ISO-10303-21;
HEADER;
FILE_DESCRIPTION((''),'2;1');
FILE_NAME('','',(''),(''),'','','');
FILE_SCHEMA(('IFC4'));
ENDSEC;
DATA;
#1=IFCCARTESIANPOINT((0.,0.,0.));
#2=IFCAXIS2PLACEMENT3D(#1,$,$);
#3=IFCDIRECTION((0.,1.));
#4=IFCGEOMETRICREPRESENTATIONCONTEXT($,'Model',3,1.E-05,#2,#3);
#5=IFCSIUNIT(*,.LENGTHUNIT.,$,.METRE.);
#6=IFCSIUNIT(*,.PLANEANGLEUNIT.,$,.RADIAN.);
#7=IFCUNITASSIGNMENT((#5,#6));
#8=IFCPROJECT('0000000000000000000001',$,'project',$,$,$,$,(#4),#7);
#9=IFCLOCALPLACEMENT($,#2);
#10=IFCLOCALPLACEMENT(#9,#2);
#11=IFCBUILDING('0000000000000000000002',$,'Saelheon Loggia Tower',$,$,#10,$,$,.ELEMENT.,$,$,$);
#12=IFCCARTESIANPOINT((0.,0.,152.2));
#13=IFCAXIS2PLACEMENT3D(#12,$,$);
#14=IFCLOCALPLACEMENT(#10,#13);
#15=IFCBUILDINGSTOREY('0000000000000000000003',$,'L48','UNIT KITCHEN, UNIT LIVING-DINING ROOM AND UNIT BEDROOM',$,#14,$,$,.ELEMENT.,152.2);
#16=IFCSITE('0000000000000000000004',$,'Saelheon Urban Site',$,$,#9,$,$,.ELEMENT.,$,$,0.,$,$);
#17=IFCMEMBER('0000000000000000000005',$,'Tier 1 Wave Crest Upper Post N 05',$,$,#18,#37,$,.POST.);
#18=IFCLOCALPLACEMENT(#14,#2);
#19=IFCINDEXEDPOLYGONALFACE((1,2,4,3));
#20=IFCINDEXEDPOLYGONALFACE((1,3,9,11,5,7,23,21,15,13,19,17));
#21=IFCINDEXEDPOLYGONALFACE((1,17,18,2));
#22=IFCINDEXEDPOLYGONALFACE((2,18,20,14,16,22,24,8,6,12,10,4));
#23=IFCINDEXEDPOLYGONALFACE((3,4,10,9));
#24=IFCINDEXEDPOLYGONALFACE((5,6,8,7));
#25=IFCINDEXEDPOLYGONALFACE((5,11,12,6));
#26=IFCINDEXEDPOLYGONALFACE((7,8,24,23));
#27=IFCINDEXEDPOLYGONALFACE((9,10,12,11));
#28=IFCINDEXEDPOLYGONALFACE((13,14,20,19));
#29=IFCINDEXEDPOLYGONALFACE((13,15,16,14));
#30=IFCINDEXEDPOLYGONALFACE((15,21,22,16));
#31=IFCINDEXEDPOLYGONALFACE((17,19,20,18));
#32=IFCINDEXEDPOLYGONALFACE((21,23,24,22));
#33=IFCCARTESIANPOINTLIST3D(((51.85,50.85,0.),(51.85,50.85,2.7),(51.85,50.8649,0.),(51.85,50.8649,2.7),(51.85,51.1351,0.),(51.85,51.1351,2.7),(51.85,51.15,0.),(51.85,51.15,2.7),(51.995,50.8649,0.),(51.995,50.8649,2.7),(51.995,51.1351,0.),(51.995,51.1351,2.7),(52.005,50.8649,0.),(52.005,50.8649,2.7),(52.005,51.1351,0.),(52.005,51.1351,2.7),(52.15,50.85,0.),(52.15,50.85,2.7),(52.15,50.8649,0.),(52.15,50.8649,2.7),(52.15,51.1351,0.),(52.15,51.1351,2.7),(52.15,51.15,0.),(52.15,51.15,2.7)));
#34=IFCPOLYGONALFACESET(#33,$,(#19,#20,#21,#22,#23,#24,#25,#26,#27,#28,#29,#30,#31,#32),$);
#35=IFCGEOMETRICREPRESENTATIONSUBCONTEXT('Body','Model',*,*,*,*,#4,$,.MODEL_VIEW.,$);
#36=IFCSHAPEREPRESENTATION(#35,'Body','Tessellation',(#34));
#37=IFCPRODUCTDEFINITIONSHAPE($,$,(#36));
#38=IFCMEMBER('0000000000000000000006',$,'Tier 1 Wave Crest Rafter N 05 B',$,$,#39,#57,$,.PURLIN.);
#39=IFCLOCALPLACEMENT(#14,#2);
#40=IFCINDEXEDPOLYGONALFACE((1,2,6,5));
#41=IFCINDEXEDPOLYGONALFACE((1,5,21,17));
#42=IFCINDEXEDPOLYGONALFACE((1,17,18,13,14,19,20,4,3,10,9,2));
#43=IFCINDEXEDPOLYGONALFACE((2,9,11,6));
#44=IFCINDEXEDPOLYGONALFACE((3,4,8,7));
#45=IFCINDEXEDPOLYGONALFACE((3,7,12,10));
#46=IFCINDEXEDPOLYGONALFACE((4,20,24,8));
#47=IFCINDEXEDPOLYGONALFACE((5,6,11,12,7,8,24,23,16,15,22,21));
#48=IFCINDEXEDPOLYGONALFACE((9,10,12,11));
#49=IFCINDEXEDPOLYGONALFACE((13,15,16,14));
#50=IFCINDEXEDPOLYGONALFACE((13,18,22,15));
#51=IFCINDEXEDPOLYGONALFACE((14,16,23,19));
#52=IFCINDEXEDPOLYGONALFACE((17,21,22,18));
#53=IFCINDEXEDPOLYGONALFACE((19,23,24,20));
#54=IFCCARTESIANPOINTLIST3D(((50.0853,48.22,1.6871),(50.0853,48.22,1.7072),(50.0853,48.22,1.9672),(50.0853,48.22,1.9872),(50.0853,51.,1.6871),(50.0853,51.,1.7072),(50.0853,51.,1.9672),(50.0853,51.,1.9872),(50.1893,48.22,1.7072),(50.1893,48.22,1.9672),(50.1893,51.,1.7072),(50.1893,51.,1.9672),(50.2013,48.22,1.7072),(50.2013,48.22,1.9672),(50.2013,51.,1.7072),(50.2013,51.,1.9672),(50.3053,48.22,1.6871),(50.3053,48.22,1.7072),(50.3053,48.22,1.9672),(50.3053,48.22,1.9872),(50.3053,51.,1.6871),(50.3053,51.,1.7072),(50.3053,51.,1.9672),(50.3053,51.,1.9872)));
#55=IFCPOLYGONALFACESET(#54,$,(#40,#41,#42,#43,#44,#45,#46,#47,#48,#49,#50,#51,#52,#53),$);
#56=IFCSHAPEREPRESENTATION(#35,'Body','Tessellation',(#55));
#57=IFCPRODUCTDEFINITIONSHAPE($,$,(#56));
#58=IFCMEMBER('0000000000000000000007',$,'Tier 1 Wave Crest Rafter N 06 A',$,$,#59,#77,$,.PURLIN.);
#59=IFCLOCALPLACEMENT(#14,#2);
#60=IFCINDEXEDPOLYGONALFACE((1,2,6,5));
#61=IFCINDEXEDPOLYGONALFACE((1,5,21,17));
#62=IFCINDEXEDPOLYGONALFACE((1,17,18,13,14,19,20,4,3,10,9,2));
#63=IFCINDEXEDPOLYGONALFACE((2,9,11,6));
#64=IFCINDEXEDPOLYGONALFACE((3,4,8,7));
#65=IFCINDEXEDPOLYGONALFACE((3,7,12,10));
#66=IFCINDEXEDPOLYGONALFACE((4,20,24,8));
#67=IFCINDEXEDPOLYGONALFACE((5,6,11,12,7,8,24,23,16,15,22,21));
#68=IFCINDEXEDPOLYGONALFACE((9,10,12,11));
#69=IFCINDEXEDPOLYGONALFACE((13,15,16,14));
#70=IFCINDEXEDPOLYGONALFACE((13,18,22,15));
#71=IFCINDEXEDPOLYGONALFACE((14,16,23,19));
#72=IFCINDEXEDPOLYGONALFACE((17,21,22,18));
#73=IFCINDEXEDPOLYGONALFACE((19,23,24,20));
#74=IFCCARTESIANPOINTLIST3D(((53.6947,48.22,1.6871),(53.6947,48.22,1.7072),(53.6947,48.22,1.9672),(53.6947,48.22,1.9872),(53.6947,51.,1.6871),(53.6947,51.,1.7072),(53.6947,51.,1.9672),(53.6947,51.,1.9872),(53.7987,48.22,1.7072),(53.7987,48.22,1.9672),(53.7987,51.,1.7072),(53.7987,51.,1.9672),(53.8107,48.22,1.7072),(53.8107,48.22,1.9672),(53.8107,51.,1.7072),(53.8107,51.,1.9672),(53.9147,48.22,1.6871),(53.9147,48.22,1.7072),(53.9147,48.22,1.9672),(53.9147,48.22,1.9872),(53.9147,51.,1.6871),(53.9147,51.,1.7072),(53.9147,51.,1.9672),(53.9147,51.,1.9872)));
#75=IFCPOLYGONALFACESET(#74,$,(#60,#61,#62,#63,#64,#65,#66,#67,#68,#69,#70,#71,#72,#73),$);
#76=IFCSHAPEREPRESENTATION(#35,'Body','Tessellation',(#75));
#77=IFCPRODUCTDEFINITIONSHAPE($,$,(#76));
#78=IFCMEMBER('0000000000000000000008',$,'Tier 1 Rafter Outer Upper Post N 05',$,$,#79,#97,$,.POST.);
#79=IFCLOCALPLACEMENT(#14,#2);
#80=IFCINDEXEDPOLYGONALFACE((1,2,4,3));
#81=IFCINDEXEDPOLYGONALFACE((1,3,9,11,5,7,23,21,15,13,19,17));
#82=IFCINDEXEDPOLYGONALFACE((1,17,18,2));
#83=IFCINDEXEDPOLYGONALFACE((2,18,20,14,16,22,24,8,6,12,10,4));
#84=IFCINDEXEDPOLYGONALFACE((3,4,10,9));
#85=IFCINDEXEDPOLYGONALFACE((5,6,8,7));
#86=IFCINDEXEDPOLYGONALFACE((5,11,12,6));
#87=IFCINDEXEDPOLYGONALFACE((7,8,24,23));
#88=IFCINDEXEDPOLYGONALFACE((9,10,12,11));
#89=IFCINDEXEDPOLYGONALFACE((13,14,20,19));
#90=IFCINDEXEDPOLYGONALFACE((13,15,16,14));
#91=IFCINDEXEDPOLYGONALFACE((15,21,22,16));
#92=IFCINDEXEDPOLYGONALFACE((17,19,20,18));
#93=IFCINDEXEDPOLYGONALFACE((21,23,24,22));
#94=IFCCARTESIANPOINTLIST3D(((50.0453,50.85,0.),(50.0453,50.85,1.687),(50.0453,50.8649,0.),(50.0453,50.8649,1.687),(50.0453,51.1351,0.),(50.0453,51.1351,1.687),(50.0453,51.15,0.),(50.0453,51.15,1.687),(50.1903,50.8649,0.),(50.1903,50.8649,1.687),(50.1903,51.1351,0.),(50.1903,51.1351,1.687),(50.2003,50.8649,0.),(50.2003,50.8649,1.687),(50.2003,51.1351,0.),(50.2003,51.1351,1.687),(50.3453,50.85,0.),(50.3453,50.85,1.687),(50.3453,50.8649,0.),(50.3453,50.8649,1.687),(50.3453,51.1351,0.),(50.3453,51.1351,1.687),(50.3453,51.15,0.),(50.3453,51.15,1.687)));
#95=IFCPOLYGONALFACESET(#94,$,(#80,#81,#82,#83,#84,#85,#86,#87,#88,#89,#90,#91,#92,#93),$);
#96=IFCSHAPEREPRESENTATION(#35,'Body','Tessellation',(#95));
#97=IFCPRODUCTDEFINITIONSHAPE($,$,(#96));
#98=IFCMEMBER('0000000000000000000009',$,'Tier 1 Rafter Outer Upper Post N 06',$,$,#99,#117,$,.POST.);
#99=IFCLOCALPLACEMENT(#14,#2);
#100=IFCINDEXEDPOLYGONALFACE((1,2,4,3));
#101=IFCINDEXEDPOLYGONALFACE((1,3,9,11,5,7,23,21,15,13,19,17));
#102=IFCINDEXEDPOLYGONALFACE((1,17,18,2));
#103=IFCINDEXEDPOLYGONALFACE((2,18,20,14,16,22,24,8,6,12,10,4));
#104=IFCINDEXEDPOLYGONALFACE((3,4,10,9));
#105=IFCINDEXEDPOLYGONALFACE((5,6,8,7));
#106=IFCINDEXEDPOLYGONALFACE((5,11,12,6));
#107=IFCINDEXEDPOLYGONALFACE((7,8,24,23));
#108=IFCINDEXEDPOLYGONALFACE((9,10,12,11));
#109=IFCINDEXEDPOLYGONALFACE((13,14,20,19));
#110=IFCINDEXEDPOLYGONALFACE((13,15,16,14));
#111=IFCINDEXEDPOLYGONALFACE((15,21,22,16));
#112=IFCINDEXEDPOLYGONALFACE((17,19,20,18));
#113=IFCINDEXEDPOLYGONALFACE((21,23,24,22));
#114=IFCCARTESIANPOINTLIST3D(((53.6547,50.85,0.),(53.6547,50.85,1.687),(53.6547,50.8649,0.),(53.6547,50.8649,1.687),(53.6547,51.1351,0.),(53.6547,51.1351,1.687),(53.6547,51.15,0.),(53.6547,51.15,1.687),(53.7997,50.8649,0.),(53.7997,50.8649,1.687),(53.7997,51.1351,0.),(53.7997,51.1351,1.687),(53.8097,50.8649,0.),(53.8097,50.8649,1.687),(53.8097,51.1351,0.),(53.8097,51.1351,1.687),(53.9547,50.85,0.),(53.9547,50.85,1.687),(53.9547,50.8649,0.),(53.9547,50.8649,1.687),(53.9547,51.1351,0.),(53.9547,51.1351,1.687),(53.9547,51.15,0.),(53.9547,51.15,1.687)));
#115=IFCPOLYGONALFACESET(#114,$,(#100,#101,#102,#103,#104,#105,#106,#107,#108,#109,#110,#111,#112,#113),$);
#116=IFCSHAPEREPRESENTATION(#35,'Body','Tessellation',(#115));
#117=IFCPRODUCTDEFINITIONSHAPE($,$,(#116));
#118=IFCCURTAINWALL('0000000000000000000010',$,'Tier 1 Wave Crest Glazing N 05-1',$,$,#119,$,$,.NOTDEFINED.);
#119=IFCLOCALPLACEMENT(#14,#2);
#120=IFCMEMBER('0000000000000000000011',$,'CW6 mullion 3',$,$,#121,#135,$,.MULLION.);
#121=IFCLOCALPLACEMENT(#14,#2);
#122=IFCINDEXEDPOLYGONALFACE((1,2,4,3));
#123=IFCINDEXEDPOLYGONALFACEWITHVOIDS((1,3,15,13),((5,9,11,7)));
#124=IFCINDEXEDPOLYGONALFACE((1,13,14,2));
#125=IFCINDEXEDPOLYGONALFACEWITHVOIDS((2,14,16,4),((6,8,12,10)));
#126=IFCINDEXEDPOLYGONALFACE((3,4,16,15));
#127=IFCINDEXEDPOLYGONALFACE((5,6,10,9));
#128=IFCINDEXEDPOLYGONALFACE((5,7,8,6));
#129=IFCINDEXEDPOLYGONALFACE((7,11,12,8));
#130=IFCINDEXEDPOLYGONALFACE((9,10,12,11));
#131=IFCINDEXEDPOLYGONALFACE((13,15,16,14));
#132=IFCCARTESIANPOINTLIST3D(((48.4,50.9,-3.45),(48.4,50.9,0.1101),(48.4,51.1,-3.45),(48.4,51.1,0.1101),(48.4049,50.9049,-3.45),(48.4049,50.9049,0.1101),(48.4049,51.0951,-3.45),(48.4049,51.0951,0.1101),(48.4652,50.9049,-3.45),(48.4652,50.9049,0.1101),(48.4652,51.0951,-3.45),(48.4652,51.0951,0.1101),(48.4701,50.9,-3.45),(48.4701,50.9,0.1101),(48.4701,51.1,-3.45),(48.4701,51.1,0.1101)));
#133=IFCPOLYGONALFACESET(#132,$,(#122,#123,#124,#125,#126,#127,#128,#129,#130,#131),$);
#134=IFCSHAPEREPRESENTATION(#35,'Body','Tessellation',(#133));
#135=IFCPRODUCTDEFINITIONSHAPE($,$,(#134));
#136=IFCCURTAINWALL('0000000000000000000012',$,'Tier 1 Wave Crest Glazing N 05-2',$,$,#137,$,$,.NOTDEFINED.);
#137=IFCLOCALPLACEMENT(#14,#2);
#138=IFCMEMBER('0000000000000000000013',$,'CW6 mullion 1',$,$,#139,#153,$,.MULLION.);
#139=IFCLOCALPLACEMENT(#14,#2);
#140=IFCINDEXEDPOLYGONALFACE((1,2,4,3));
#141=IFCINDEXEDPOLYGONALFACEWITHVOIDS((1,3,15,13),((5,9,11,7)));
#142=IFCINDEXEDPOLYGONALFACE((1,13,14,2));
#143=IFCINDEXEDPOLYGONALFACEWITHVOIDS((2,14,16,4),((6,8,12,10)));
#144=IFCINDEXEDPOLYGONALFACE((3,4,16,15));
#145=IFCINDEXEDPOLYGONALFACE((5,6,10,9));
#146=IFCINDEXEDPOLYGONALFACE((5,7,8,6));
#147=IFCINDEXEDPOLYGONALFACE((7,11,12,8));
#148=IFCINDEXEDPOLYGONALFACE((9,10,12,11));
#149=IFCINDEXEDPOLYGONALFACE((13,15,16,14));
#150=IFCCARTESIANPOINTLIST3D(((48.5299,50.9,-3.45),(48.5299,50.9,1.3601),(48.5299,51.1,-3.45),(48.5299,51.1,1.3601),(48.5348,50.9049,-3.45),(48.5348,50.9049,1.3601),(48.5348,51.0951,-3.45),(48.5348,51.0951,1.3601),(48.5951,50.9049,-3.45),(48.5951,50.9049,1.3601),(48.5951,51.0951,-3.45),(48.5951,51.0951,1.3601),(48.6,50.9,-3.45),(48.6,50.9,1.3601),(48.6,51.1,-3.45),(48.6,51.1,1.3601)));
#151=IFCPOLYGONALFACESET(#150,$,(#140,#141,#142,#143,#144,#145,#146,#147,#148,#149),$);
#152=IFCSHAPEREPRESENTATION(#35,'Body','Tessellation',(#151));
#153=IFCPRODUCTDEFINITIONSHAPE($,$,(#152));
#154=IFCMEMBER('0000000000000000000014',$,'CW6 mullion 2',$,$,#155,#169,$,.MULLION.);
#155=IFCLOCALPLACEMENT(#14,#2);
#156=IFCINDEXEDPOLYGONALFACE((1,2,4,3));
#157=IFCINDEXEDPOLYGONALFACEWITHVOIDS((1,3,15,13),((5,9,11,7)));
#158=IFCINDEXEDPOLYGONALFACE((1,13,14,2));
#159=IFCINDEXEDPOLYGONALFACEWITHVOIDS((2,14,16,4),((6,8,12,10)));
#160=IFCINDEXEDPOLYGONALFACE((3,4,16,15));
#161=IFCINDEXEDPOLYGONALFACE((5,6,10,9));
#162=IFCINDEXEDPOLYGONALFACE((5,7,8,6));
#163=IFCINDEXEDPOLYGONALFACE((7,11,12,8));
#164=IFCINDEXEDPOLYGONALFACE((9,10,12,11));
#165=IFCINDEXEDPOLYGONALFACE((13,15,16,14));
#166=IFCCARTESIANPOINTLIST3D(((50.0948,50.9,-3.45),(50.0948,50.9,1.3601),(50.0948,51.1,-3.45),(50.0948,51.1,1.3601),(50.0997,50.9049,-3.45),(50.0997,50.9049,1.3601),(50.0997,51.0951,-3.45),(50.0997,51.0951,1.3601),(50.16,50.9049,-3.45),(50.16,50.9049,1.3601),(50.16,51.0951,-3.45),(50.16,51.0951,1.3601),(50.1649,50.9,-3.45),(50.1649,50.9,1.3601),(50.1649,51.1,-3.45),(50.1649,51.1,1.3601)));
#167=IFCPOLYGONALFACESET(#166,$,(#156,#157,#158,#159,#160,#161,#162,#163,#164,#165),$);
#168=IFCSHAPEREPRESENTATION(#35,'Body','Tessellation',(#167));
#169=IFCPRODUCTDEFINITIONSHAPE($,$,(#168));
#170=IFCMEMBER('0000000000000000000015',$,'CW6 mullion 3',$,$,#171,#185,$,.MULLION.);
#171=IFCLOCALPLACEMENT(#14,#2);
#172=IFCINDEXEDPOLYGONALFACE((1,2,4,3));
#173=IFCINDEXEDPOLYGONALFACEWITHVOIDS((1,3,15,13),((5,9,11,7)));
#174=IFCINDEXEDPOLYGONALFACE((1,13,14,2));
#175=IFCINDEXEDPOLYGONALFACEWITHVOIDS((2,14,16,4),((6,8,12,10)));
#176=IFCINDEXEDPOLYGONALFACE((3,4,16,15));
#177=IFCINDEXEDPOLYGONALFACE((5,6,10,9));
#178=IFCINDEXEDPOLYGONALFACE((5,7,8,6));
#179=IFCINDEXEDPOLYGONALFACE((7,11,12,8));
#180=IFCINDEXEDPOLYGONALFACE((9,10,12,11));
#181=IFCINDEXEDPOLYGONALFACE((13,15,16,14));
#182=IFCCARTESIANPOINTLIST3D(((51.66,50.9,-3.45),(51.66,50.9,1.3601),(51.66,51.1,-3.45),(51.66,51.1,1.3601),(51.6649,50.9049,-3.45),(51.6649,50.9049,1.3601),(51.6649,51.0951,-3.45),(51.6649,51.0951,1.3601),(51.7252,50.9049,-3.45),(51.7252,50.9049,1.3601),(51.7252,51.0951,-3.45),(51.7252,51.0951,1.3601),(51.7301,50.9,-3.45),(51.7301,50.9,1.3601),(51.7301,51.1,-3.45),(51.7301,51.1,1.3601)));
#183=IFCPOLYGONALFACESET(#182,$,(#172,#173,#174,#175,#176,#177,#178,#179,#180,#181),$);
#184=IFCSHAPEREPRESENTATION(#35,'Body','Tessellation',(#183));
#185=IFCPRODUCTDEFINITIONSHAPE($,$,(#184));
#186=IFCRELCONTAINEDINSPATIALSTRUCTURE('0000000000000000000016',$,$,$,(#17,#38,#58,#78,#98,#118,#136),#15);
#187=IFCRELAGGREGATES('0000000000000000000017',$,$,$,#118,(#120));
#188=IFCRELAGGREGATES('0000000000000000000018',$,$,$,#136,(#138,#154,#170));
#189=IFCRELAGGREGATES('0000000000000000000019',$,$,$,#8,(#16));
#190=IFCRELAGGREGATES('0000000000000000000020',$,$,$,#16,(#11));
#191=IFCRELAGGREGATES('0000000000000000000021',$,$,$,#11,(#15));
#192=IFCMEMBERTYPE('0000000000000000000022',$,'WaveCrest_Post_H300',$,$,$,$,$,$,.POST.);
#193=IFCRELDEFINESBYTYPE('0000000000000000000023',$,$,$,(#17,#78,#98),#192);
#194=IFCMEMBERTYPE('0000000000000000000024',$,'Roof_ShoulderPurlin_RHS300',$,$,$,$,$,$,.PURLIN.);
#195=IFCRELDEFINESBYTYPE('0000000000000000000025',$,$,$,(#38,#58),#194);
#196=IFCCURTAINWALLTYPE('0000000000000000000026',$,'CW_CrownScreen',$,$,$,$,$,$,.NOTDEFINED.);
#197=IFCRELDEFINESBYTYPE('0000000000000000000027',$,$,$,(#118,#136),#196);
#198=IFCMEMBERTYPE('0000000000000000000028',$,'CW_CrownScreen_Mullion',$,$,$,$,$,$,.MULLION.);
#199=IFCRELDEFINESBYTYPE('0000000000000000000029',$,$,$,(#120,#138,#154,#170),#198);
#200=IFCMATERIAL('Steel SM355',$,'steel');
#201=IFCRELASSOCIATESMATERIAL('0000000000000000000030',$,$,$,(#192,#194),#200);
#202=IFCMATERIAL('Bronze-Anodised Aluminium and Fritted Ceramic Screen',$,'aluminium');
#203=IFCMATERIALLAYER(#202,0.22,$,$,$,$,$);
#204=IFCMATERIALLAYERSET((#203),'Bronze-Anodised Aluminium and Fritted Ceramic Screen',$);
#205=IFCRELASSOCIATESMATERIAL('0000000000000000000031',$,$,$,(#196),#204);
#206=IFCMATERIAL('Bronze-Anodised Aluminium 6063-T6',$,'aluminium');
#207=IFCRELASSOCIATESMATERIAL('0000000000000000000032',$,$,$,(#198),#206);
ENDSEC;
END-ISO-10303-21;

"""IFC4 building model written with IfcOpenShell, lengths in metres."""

from ifc_helpers import new_model, si_unit, direction, frame, origin, origin_2d, place, context, subcontext, project, spatial, hollow_rectangle, i_section, extrude, source, transform, mapped, material, layer, layer_set, material_profile, profile_set, type_object, element, aggregate, save


model = new_model("IFC4")

# Units and contexts
model_context = context("Model", 3, precision=1e-05, world=origin(), true_north=direction((0.0, 1.0)))
body_context = subcontext(model_context, "Body", "Model", "MODEL_VIEW")
ifc_project = project(units=[si_unit("LENGTHUNIT", "METRE"), si_unit("PLANEANGLEUNIT", "RADIAN")], contexts=[model_context])

# Site, building, storey
site_placement = place(None, origin())
site = spatial("IfcSite", under=ifc_project, at=site_placement, Name="Saelheon Urban Site", CompositionType="ELEMENT", RefElevation=0.0)
building_placement = place(site_placement, origin())
building = spatial("IfcBuilding", under=site, at=building_placement, Name="Saelheon Loggia Tower", CompositionType="ELEMENT")
storey_placement = place(building_placement, frame((0.0, 0.0, 152.2)))
storey = spatial("IfcBuildingStorey", under=building, at=storey_placement, Name="L48", Description="UNIT KITCHEN, UNIT LIVING-DINING ROOM AND UNIT BEDROOM", CompositionType="ELEMENT", Elevation=152.2)

# Members
ifc_material_1 = material(Name="Steel SM355", Category="steel")
ifc_material_profile_1 = material_profile(ifc_material_1, i_section(OverallWidth=0.3, OverallDepth=0.3, WebThickness=0.01, FlangeThickness=0.0149, at=origin_2d()), Name="H-300x300x10x15")
ifc_profile_set_1 = profile_set([ifc_material_profile_1], Name="Steel SM355")
member_type_1 = type_object("IfcMemberType", Name="WaveCrest_Post_H300", PredefinedType="POST", material=ifc_profile_set_1)
shared_shape_1 = source(origin(), body_context, "Body", "SweptSolid", [
    extrude(i_section(OverallWidth=0.3, OverallDepth=0.3, WebThickness=0.01, FlangeThickness=0.0149, at=origin_2d()), origin(), (0.0, 0.0, 1.0), 2.7),
])
member_1_placement = place(storey_placement, frame((52.0, 51.0, 0.0), z_axis=(0.0, 0.0, 1.0), x_axis=(1.0, 0.0, 0.0)))
element("IfcMember", 1, at=member_1_placement, inside=storey, type_object=member_type_1, Name="Tier 1 Wave Crest Upper Post N 05", PredefinedType="POST", context=body_context, shape_type="MappedRepresentation", body=[
    mapped(shared_shape_1, transform((0.0, 0.0, 0.0), scale=1.0)),
])
ifc_material_profile_2 = material_profile(ifc_material_1, i_section(OverallWidth=0.22, OverallDepth=0.3, WebThickness=0.012, FlangeThickness=0.02, at=origin_2d()), Name="H-300x220x12x20")
ifc_profile_set_2 = profile_set([ifc_material_profile_2], Name="Steel SM355")
member_type_2 = type_object("IfcMemberType", Name="Roof_ShoulderPurlin_RHS300", PredefinedType="PURLIN", material=ifc_profile_set_2)
shared_shape_2 = source(origin(), body_context, "Body", "SweptSolid", [
    extrude(i_section(OverallWidth=0.22, OverallDepth=0.3, WebThickness=0.012, FlangeThickness=0.02, at=origin_2d()), origin(), (0.0, 0.0, 1.0), 2.78),
])
for number, where, z_axis, x_axis, name in (
    (2, (50.1953, 51.0, 1.8372), (0.0, -1.0, 0.0), (1.0, 0.0, 0.0), "Tier 1 Wave Crest Rafter N 05 B"),
    (3, (53.8047, 51.0, 1.8372), (0.0, -1.0, 0.0), (1.0, 0.0, 0.0), "Tier 1 Wave Crest Rafter N 06 A"),
):
    element("IfcMember", number, at=place(storey_placement, frame(where, z_axis=z_axis, x_axis=x_axis)), inside=storey, type_object=member_type_2, Name=name, PredefinedType="PURLIN", context=body_context, shape_type="MappedRepresentation", body=[
        mapped(shared_shape_2, transform((0.0, 0.0, 0.0), scale=1.0)),
    ])
shared_shape_3 = source(origin(), body_context, "Body", "SweptSolid", [
    extrude(i_section(OverallWidth=0.3, OverallDepth=0.3, WebThickness=0.01, FlangeThickness=0.0149, at=origin_2d()), origin(), (0.0, 0.0, 1.0), 1.687),
])
for number, where, z_axis, x_axis, name in (
    (4, (50.1953, 51.0, 0.0), (0.0, 0.0, 1.0), (1.0, 0.0, 0.0), "Tier 1 Rafter Outer Upper Post N 05"),
    (5, (53.8047, 51.0, 0.0), (0.0, 0.0, 1.0), (1.0, 0.0, 0.0), "Tier 1 Rafter Outer Upper Post N 06"),
):
    element("IfcMember", number, at=place(storey_placement, frame(where, z_axis=z_axis, x_axis=x_axis)), inside=storey, type_object=member_type_1, Name=name, PredefinedType="POST", context=body_context, shape_type="MappedRepresentation", body=[
        mapped(shared_shape_3, transform((0.0, 0.0, 0.0), scale=1.0)),
    ])

# Curtain wall, member
ifc_material_2 = material(Name="Bronze-Anodised Aluminium and Fritted Ceramic Screen", Category="aluminium")
ifc_layer_1 = layer(ifc_material_2, 0.22)
ifc_layer_set_1 = layer_set([ifc_layer_1], Name="Bronze-Anodised Aluminium and Fritted Ceramic Screen")
curtain_wall_type = type_object("IfcCurtainWallType", Name="CW_CrownScreen", PredefinedType="NOTDEFINED", material=ifc_layer_set_1)
curtain_wall_1_placement = place(storey_placement, origin())
curtain_wall_1 = element("IfcCurtainWall", 6, at=curtain_wall_1_placement, inside=storey, type_object=curtain_wall_type, Name="Tier 1 Wave Crest Glazing N 05-1", PredefinedType="NOTDEFINED")
ifc_material_3 = material(Name="Bronze-Anodised Aluminium 6063-T6", Category="aluminium")
ifc_material_profile_3 = material_profile(ifc_material_3, hollow_rectangle(XDim=0.0701, YDim=0.2, WallThickness=0.0049, at=origin_2d()), Name="RHS-200x70x5")
ifc_profile_set_3 = profile_set([ifc_material_profile_3], Name="Bronze-Anodised Aluminium 6063-T6")
member_type_3 = type_object("IfcMemberType", Name="CW_CrownScreen_Mullion", PredefinedType="MULLION", material=ifc_profile_set_3)
shared_shape_4 = source(origin(), body_context, "Body", "SweptSolid", [
    extrude(hollow_rectangle(XDim=0.0701, YDim=0.2, WallThickness=0.0049, at=origin_2d()), origin(), (0.0, 0.0, 1.0), 3.5601),
])
member_2_placement = place(storey_placement, frame((48.4351, 51.0, -3.45), z_axis=(0.0, 0.0, 1.0), x_axis=(1.0, 0.0, 0.0)))
member_2 = element("IfcMember", 7, at=member_2_placement, type_object=member_type_3, Name="CW6 mullion 3", PredefinedType="MULLION", context=body_context, shape_type="MappedRepresentation", body=[
    mapped(shared_shape_4, transform((0.0, 0.0, 0.0), scale=1.0)),
])

# Curtain wall, members
curtain_wall_2_placement = place(storey_placement, origin())
curtain_wall_2 = element("IfcCurtainWall", 8, at=curtain_wall_2_placement, inside=storey, type_object=curtain_wall_type, Name="Tier 1 Wave Crest Glazing N 05-2", PredefinedType="NOTDEFINED")
shared_shape_5 = source(origin(), body_context, "Body", "SweptSolid", [
    extrude(hollow_rectangle(XDim=0.0701, YDim=0.2, WallThickness=0.0049, at=origin_2d()), origin(), (0.0, 0.0, 1.0), 4.8101),
])
member_3_placement = place(storey_placement, frame((48.5649, 51.0, -3.45), z_axis=(0.0, 0.0, 1.0), x_axis=(1.0, 0.0, 0.0)))
member_3 = element("IfcMember", 9, at=member_3_placement, type_object=member_type_3, Name="CW6 mullion 1", PredefinedType="MULLION", context=body_context, shape_type="MappedRepresentation", body=[
    mapped(shared_shape_5, transform((0.0, 0.0, 0.0), scale=1.0)),
])
member_4_placement = place(storey_placement, frame((50.1299, 51.0, -3.45), z_axis=(0.0, 0.0, 1.0), x_axis=(1.0, 0.0, 0.0)))
member_4 = element("IfcMember", 10, at=member_4_placement, type_object=member_type_3, Name="CW6 mullion 2", PredefinedType="MULLION", context=body_context, shape_type="MappedRepresentation", body=[
    mapped(shared_shape_5, transform((0.0, 0.0, 0.0), scale=1.0)),
])
member_5_placement = place(storey_placement, frame((51.6951, 51.0, -3.45), z_axis=(0.0, 0.0, 1.0), x_axis=(1.0, 0.0, 0.0)))
member_5 = element("IfcMember", 11, at=member_5_placement, type_object=member_type_3, Name="CW6 mullion 3", PredefinedType="MULLION", context=body_context, shape_type="MappedRepresentation", body=[
    mapped(shared_shape_5, transform((0.0, 0.0, 0.0), scale=1.0)),
])

aggregate(curtain_wall_1, [member_2])
aggregate(curtain_wall_2, [member_3, member_4, member_5])

save(model, "model.ifc")
